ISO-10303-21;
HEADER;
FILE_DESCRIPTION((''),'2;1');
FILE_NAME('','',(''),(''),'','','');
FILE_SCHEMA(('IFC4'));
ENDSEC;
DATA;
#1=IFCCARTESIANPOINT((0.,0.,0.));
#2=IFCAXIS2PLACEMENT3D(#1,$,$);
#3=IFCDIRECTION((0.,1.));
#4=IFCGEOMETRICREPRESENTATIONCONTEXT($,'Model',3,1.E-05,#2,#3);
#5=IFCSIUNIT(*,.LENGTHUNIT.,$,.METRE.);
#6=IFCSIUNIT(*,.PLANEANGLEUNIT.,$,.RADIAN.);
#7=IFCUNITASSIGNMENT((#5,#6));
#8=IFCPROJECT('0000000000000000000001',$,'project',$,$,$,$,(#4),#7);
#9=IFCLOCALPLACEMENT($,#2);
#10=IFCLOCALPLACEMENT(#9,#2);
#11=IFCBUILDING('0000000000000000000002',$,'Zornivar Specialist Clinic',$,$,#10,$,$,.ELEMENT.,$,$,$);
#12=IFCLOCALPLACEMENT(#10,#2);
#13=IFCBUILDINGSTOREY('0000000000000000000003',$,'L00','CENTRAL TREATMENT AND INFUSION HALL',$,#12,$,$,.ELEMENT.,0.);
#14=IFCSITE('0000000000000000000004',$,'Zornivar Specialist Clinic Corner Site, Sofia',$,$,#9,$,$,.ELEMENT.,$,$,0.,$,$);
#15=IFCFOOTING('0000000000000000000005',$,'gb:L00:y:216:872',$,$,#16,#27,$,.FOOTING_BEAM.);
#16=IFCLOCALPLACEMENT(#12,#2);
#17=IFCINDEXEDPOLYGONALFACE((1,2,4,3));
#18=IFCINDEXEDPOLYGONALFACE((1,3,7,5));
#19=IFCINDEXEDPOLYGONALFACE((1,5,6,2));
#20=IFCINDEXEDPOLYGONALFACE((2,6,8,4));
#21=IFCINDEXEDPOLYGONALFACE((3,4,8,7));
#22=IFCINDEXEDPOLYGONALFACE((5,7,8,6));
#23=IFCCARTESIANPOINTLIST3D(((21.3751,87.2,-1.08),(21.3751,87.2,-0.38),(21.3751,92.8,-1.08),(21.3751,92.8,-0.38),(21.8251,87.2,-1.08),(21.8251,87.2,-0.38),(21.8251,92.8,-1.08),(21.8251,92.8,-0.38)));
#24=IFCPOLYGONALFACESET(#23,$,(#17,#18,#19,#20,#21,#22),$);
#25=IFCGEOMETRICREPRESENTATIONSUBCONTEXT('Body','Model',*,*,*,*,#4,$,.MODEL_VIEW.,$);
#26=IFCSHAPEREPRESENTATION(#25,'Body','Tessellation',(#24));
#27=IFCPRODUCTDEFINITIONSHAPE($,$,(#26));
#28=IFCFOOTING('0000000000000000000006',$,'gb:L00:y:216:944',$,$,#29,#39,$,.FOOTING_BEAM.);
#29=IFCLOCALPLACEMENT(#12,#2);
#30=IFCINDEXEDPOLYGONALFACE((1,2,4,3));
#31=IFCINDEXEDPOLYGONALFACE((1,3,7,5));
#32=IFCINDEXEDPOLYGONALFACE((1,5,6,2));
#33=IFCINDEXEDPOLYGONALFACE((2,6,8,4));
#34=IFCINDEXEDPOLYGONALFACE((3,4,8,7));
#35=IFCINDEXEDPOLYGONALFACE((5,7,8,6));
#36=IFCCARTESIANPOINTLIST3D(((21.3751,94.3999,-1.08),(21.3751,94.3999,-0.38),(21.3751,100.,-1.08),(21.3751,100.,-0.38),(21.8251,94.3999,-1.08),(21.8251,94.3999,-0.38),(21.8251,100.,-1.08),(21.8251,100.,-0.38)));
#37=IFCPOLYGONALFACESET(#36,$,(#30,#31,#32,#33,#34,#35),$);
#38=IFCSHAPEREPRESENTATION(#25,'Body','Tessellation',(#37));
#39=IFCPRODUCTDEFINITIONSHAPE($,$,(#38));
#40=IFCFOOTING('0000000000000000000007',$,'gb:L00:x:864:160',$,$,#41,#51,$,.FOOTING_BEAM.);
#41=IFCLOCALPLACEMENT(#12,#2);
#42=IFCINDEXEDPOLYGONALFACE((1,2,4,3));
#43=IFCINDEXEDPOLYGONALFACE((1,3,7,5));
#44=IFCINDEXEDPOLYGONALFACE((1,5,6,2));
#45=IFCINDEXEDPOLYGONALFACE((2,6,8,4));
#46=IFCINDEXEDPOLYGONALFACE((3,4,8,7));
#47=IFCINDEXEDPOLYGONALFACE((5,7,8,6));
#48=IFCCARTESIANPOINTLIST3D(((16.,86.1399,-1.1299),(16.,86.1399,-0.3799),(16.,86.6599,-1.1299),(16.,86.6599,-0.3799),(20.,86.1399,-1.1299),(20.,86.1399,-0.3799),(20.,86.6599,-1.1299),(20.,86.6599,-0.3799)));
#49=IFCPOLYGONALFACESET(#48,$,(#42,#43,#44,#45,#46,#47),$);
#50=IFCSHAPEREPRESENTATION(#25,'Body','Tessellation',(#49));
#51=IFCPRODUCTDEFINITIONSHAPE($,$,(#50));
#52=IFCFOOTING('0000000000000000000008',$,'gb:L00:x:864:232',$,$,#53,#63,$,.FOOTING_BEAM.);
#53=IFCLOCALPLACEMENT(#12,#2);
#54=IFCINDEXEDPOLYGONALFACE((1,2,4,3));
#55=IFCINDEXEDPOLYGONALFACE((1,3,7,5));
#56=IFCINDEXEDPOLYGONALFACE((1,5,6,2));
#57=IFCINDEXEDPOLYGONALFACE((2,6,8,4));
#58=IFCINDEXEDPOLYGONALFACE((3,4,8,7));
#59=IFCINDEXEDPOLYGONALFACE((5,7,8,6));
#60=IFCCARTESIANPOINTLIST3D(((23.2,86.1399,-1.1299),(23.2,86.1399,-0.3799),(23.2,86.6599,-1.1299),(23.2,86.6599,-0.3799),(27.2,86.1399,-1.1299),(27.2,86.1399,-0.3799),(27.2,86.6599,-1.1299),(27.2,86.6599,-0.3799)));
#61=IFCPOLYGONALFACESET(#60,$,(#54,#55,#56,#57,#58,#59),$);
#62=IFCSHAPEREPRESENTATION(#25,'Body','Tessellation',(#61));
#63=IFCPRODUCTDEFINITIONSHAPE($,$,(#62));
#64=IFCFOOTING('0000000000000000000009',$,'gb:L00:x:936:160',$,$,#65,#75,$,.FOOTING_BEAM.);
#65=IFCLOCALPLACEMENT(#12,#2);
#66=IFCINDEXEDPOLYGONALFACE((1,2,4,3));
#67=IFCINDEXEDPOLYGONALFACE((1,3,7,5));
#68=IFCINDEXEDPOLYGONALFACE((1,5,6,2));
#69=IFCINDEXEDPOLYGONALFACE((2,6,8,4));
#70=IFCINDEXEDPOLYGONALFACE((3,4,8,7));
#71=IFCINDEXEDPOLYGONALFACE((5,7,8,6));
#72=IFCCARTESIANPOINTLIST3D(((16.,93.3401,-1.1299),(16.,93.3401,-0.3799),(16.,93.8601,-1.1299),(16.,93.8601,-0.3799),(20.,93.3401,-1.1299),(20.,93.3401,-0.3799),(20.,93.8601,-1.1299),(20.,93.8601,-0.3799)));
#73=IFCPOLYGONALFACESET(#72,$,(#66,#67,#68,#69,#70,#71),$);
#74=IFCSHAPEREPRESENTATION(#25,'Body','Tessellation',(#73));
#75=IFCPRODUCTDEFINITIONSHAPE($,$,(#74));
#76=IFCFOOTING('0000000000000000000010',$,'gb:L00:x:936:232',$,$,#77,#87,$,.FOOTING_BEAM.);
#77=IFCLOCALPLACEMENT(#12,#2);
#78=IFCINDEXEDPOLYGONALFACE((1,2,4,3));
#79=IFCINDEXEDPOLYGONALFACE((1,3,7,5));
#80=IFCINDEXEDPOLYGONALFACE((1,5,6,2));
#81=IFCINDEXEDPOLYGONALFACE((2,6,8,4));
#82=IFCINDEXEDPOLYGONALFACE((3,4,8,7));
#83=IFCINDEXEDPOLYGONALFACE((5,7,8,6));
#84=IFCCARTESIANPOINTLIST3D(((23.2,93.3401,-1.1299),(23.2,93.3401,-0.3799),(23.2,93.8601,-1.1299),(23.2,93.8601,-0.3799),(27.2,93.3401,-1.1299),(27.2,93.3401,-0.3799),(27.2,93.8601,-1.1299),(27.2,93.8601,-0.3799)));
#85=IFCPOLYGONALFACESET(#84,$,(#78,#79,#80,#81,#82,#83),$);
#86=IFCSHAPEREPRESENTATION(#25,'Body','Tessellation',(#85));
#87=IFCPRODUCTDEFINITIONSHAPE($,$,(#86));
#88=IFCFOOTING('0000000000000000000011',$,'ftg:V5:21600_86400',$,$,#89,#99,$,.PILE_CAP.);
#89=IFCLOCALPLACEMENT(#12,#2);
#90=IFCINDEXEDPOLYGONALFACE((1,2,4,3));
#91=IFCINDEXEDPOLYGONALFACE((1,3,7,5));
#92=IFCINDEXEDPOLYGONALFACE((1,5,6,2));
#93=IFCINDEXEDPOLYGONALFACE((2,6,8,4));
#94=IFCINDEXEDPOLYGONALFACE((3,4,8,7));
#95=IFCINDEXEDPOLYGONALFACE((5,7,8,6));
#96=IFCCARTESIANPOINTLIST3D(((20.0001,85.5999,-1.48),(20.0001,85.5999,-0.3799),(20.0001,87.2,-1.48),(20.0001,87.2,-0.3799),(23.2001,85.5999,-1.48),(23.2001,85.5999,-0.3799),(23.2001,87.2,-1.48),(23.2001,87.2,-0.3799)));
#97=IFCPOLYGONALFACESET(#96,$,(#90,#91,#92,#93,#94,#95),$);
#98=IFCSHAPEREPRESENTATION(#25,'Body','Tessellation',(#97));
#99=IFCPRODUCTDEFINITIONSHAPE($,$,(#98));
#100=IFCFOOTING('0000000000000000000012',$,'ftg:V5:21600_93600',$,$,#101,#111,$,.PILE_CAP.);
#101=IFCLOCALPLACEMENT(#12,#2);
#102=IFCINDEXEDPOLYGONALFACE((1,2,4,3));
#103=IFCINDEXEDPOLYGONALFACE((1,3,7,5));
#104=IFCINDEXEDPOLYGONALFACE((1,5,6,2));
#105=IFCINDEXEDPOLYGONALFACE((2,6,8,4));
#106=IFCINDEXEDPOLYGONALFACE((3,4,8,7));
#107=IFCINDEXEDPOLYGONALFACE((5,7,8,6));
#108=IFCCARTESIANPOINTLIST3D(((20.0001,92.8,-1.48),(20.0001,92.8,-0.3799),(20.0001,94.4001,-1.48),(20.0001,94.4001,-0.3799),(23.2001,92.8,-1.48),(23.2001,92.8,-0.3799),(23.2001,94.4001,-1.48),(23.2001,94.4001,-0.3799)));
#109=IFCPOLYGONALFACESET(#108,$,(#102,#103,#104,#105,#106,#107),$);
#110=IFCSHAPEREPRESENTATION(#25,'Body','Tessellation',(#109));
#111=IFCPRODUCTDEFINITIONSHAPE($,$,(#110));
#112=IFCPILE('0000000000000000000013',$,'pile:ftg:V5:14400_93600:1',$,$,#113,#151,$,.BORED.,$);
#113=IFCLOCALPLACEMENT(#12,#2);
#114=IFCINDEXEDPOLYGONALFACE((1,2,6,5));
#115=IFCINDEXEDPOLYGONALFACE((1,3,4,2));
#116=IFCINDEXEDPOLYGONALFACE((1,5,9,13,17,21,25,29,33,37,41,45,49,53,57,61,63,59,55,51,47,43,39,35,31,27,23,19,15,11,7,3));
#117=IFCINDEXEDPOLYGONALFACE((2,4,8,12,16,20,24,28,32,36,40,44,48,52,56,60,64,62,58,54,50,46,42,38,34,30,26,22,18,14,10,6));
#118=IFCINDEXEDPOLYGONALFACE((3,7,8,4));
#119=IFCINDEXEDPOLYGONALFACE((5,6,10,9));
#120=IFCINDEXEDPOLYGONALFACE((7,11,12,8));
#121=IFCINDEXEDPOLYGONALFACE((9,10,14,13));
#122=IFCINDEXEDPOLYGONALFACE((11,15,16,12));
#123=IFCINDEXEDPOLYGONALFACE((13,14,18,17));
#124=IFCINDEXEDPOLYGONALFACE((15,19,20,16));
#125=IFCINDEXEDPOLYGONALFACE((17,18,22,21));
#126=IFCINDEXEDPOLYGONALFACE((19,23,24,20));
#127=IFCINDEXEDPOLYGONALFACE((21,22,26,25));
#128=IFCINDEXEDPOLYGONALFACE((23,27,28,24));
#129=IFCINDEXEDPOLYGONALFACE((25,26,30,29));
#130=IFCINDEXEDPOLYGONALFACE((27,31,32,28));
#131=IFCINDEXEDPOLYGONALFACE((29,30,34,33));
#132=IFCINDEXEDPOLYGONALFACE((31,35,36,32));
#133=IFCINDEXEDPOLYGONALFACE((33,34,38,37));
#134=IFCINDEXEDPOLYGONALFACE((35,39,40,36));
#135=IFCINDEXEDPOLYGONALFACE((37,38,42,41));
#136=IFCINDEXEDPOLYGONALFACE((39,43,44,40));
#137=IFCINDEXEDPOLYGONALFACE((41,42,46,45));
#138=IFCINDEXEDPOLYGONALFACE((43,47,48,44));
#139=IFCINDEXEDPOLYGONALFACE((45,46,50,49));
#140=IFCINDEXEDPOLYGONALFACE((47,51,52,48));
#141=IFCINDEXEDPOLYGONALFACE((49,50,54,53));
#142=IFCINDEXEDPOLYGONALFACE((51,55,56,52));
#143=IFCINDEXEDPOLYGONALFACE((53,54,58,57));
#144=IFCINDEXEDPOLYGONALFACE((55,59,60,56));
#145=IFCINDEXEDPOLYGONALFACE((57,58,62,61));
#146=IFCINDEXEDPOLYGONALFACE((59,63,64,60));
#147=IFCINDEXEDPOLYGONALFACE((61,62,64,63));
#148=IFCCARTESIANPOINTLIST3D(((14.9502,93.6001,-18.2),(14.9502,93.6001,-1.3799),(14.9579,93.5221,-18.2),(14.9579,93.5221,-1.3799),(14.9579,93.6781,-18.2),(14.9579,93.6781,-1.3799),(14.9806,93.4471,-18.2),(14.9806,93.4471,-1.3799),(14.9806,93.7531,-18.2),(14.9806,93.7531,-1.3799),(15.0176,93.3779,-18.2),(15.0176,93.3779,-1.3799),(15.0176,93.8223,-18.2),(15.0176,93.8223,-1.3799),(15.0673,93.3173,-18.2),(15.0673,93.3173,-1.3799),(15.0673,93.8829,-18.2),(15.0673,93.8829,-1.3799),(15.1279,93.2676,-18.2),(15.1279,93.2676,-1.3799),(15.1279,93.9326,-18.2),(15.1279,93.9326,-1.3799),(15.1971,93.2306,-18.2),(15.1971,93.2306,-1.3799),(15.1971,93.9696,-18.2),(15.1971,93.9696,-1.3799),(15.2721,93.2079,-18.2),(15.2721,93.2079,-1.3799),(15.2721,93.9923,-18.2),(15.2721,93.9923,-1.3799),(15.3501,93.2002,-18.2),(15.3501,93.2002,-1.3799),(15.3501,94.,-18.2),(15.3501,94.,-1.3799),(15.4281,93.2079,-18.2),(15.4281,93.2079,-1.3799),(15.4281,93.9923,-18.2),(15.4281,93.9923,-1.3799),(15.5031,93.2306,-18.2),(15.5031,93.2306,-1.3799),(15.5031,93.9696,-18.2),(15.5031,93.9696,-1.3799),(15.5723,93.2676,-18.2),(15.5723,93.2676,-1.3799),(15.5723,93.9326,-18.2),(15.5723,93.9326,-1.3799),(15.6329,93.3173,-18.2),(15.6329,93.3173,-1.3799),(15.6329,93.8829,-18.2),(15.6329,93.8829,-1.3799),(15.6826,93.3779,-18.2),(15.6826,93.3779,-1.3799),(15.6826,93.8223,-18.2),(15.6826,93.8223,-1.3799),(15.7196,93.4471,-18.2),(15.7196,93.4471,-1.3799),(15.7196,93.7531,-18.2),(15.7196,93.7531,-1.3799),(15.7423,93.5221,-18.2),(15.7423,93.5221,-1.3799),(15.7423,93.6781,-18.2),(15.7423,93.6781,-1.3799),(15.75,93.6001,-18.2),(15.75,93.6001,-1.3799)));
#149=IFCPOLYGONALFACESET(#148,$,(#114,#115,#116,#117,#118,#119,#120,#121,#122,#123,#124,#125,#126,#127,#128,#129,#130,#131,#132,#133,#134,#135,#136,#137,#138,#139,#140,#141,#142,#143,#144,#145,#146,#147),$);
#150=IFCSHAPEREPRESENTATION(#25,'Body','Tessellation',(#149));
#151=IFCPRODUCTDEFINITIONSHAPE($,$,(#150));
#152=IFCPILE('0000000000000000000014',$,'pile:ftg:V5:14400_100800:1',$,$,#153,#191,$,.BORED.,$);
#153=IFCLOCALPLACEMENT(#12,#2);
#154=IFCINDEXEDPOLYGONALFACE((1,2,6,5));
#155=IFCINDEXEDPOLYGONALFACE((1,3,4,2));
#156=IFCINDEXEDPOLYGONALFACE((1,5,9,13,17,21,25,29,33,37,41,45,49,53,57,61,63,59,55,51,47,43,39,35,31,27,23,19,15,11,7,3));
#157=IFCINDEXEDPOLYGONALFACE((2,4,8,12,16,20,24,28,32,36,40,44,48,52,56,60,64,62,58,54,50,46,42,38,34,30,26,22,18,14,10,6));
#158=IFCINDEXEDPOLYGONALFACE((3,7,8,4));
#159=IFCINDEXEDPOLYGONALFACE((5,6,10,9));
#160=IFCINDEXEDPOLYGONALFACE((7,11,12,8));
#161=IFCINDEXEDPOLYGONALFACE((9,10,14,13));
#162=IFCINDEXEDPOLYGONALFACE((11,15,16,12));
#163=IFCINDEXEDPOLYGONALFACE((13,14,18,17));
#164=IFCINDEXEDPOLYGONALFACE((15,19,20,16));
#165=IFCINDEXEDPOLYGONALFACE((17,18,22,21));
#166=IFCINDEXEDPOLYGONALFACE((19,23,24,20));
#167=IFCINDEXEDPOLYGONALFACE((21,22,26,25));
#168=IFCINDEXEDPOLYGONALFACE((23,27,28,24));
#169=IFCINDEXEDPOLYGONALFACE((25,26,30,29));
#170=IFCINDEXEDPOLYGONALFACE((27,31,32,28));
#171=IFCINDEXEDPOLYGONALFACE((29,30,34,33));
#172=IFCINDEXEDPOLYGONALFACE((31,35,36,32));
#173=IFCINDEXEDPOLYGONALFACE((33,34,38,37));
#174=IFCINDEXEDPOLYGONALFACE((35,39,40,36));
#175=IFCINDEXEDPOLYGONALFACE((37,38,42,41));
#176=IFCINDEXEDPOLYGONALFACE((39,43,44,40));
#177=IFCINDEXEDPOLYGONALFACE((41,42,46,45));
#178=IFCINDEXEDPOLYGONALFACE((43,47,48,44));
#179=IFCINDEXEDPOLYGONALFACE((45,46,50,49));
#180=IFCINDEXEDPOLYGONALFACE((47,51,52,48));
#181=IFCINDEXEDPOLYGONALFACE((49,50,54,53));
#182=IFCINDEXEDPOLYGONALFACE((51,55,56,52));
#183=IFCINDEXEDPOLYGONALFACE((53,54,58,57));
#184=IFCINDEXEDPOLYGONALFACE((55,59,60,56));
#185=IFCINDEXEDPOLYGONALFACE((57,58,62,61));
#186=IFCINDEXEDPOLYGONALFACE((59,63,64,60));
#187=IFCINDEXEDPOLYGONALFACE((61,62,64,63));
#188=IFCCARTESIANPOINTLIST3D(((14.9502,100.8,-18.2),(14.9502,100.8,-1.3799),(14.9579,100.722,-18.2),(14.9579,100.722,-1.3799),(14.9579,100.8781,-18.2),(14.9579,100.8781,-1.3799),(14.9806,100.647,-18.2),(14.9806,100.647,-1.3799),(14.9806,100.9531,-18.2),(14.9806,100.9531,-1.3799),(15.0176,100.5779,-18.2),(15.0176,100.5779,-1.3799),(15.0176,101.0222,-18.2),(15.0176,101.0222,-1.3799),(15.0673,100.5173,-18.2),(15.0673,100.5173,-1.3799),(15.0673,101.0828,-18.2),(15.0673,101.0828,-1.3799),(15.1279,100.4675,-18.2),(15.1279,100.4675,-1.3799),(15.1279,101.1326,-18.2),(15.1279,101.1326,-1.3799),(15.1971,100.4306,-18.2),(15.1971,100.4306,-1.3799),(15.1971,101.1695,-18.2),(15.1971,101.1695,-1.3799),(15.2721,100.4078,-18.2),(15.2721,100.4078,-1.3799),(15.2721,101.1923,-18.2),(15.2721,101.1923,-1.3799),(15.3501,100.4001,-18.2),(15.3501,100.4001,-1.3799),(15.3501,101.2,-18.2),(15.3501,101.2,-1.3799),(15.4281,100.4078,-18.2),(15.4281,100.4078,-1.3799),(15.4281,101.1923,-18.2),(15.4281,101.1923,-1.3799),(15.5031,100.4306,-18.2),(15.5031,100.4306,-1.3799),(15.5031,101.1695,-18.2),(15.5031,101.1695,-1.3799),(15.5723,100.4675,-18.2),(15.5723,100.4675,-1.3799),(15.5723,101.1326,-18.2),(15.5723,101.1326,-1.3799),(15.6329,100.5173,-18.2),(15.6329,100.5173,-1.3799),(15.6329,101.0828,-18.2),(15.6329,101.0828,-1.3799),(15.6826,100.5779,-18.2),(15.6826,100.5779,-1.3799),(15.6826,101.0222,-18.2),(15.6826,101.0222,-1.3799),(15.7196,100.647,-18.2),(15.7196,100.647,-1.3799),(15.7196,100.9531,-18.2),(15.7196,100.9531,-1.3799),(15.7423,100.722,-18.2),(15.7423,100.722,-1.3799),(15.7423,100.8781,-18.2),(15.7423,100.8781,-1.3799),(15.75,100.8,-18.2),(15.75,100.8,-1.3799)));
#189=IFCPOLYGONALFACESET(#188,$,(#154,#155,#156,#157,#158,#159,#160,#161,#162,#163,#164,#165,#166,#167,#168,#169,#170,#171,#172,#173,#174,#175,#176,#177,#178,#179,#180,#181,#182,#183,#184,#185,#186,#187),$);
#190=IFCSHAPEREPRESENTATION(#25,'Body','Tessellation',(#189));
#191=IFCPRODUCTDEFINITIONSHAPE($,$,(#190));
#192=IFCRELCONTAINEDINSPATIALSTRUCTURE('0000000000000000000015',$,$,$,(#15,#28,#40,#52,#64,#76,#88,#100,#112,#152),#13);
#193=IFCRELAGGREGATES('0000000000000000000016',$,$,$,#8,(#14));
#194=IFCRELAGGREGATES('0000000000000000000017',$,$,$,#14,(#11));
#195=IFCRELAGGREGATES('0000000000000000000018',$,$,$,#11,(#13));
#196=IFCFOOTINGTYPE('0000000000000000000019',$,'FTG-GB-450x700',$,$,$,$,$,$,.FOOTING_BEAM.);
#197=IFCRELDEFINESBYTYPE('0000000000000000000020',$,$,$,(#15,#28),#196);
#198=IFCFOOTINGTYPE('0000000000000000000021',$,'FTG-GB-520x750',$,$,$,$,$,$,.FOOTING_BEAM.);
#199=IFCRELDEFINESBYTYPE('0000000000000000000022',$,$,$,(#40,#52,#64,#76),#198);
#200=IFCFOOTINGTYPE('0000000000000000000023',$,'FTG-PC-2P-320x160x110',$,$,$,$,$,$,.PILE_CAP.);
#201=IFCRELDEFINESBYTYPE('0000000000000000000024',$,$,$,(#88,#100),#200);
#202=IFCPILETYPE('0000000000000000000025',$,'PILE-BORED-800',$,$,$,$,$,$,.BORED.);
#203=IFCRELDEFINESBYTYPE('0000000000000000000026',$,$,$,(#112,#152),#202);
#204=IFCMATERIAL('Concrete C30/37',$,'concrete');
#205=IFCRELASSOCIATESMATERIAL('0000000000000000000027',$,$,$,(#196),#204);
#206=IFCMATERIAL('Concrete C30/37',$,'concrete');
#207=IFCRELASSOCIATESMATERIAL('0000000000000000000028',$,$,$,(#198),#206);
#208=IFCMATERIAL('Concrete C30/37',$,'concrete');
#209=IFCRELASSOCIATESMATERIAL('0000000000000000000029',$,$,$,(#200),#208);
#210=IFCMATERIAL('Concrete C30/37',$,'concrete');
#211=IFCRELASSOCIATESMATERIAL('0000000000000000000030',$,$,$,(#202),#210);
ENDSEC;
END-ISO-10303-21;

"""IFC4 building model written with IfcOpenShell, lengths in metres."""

from ifc_helpers import new_model, si_unit, direction, frame, origin, origin_2d, place, context, subcontext, project, spatial, rectangle, circle, extrude, material, material_profile, profile_set, type_object, element, save


model = new_model("IFC4")

# Units and contexts
model_context = context("Model", 3, precision=1e-05, world=origin(), true_north=direction((0.0, 1.0)))
body_context = subcontext(model_context, "Body", "Model", "MODEL_VIEW")
ifc_project = project(units=[si_unit("LENGTHUNIT", "METRE"), si_unit("PLANEANGLEUNIT", "RADIAN")], contexts=[model_context])

# Site, building, storey
site_placement = place(None, origin())
site = spatial("IfcSite", under=ifc_project, at=site_placement, Name="Zornivar Specialist Clinic Corner Site, Sofia", CompositionType="ELEMENT", RefElevation=0.0)
building_placement = place(site_placement, origin())
building = spatial("IfcBuilding", under=site, at=building_placement, Name="Zornivar Specialist Clinic", CompositionType="ELEMENT")
storey_placement = place(building_placement, origin())
storey = spatial("IfcBuildingStorey", under=building, at=storey_placement, Name="L00", Description="CENTRAL TREATMENT AND INFUSION HALL", CompositionType="ELEMENT", Elevation=0.0)

# Footings
ifc_material_1 = material(Name="Concrete C30/37", Category="concrete")
ifc_material_profile_1 = material_profile(ifc_material_1, rectangle(XDim=0.45, YDim=0.7, at=origin_2d()), Name="RC 450x700")
ifc_profile_set_1 = profile_set([ifc_material_profile_1], Name="Concrete C30/37")
footing_type_1 = type_object("IfcFootingType", Name="FTG-GB-450x700", PredefinedType="FOOTING_BEAM", material=ifc_profile_set_1)
for number, where, z_axis, x_axis, name in (
    (1, (21.6001, 87.2, -0.73), (0.0, 1.0, 0.0), (-1.0, 0.0, 0.0), "gb:L00:y:216:872"),
    (2, (21.6001, 94.3999, -0.73), (0.0, 1.0, 0.0), (-1.0, 0.0, 0.0), "gb:L00:y:216:944"),
):
    element("IfcFooting", number, at=place(storey_placement, frame(where, z_axis=z_axis, x_axis=x_axis)), inside=storey, type_object=footing_type_1, Name=name, PredefinedType="FOOTING_BEAM", context=body_context, shape_type="SweptSolid", body=[
        extrude(rectangle(XDim=0.45, YDim=0.7, at=origin_2d()), origin(), (0.0, 0.0, 1.0), 5.6001),
    ])
ifc_material_2 = material(Name="Concrete C30/37", Category="concrete")
ifc_material_profile_2 = material_profile(ifc_material_2, rectangle(XDim=0.52, YDim=0.75, at=origin_2d()), Name="RC 520x750")
ifc_profile_set_2 = profile_set([ifc_material_profile_2], Name="Concrete C30/37")
footing_type_2 = type_object("IfcFootingType", Name="FTG-GB-520x750", PredefinedType="FOOTING_BEAM", material=ifc_profile_set_2)
for number, where, z_axis, x_axis, name in (
    (3, (16.0, 86.3999, -0.7549), (1.0, 0.0, 0.0), (0.0, 1.0, 0.0), "gb:L00:x:864:160"),
    (4, (23.2, 86.3999, -0.7549), (1.0, 0.0, 0.0), (0.0, 1.0, 0.0), "gb:L00:x:864:232"),
    (5, (16.0, 93.6001, -0.7549), (1.0, 0.0, 0.0), (0.0, 1.0, 0.0), "gb:L00:x:936:160"),
    (6, (23.2, 93.6001, -0.7549), (1.0, 0.0, 0.0), (0.0, 1.0, 0.0), "gb:L00:x:936:232"),
):
    element("IfcFooting", number, at=place(storey_placement, frame(where, z_axis=z_axis, x_axis=x_axis)), inside=storey, type_object=footing_type_2, Name=name, PredefinedType="FOOTING_BEAM", context=body_context, shape_type="SweptSolid", body=[
        extrude(rectangle(XDim=0.52, YDim=0.75, at=origin_2d()), origin(), (0.0, 0.0, 1.0), 4.0),
    ])
ifc_material_3 = material(Name="Concrete C30/37", Category="concrete")
footing_type_3 = type_object("IfcFootingType", Name="FTG-PC-2P-320x160x110", PredefinedType="PILE_CAP", material=ifc_material_3)
for number, where, z_axis, x_axis, name in (
    (7, (21.6001, 86.3999, -1.48), (0.0, 0.0, 1.0), (1.0, 0.0, 0.0), "ftg:V5:21600_86400"),
    (8, (21.6001, 93.6001, -1.48), (0.0, 0.0, 1.0), (1.0, 0.0, 0.0), "ftg:V5:21600_93600"),
):
    element("IfcFooting", number, at=place(storey_placement, frame(where, z_axis=z_axis, x_axis=x_axis)), inside=storey, type_object=footing_type_3, Name=name, PredefinedType="PILE_CAP", context=body_context, shape_type="SweptSolid", body=[
        extrude(rectangle(XDim=3.2, YDim=1.6001, at=origin_2d()), origin(), (0.0, 0.0, 1.0), 1.1001),
    ])

# Piles
ifc_material_4 = material(Name="Concrete C30/37", Category="concrete")
ifc_material_profile_3 = material_profile(ifc_material_4, circle(Radius=0.3999, at=origin_2d()), Name="PILE D800")
ifc_profile_set_3 = profile_set([ifc_material_profile_3], Name="Concrete C30/37")
pile_type = type_object("IfcPileType", Name="PILE-BORED-800", PredefinedType="BORED", material=ifc_profile_set_3)
for number, where, z_axis, x_axis, name in (
    (9, (15.3501, 93.6001, -1.3799), (0.0, 0.0, -1.0), (1.0, 0.0, 0.0), "pile:ftg:V5:14400_93600:1"),
    (10, (15.3501, 100.8, -1.3799), (0.0, 0.0, -1.0), (1.0, 0.0, 0.0), "pile:ftg:V5:14400_100800:1"),
):
    element("IfcPile", number, at=place(storey_placement, frame(where, z_axis=z_axis, x_axis=x_axis)), inside=storey, type_object=pile_type, Name=name, PredefinedType="BORED", context=body_context, shape_type="SweptSolid", body=[
        extrude(circle(Radius=0.3999, at=origin_2d()), origin(), (0.0, 0.0, 1.0), 16.8201),
    ])

save(model, "model.ifc")
